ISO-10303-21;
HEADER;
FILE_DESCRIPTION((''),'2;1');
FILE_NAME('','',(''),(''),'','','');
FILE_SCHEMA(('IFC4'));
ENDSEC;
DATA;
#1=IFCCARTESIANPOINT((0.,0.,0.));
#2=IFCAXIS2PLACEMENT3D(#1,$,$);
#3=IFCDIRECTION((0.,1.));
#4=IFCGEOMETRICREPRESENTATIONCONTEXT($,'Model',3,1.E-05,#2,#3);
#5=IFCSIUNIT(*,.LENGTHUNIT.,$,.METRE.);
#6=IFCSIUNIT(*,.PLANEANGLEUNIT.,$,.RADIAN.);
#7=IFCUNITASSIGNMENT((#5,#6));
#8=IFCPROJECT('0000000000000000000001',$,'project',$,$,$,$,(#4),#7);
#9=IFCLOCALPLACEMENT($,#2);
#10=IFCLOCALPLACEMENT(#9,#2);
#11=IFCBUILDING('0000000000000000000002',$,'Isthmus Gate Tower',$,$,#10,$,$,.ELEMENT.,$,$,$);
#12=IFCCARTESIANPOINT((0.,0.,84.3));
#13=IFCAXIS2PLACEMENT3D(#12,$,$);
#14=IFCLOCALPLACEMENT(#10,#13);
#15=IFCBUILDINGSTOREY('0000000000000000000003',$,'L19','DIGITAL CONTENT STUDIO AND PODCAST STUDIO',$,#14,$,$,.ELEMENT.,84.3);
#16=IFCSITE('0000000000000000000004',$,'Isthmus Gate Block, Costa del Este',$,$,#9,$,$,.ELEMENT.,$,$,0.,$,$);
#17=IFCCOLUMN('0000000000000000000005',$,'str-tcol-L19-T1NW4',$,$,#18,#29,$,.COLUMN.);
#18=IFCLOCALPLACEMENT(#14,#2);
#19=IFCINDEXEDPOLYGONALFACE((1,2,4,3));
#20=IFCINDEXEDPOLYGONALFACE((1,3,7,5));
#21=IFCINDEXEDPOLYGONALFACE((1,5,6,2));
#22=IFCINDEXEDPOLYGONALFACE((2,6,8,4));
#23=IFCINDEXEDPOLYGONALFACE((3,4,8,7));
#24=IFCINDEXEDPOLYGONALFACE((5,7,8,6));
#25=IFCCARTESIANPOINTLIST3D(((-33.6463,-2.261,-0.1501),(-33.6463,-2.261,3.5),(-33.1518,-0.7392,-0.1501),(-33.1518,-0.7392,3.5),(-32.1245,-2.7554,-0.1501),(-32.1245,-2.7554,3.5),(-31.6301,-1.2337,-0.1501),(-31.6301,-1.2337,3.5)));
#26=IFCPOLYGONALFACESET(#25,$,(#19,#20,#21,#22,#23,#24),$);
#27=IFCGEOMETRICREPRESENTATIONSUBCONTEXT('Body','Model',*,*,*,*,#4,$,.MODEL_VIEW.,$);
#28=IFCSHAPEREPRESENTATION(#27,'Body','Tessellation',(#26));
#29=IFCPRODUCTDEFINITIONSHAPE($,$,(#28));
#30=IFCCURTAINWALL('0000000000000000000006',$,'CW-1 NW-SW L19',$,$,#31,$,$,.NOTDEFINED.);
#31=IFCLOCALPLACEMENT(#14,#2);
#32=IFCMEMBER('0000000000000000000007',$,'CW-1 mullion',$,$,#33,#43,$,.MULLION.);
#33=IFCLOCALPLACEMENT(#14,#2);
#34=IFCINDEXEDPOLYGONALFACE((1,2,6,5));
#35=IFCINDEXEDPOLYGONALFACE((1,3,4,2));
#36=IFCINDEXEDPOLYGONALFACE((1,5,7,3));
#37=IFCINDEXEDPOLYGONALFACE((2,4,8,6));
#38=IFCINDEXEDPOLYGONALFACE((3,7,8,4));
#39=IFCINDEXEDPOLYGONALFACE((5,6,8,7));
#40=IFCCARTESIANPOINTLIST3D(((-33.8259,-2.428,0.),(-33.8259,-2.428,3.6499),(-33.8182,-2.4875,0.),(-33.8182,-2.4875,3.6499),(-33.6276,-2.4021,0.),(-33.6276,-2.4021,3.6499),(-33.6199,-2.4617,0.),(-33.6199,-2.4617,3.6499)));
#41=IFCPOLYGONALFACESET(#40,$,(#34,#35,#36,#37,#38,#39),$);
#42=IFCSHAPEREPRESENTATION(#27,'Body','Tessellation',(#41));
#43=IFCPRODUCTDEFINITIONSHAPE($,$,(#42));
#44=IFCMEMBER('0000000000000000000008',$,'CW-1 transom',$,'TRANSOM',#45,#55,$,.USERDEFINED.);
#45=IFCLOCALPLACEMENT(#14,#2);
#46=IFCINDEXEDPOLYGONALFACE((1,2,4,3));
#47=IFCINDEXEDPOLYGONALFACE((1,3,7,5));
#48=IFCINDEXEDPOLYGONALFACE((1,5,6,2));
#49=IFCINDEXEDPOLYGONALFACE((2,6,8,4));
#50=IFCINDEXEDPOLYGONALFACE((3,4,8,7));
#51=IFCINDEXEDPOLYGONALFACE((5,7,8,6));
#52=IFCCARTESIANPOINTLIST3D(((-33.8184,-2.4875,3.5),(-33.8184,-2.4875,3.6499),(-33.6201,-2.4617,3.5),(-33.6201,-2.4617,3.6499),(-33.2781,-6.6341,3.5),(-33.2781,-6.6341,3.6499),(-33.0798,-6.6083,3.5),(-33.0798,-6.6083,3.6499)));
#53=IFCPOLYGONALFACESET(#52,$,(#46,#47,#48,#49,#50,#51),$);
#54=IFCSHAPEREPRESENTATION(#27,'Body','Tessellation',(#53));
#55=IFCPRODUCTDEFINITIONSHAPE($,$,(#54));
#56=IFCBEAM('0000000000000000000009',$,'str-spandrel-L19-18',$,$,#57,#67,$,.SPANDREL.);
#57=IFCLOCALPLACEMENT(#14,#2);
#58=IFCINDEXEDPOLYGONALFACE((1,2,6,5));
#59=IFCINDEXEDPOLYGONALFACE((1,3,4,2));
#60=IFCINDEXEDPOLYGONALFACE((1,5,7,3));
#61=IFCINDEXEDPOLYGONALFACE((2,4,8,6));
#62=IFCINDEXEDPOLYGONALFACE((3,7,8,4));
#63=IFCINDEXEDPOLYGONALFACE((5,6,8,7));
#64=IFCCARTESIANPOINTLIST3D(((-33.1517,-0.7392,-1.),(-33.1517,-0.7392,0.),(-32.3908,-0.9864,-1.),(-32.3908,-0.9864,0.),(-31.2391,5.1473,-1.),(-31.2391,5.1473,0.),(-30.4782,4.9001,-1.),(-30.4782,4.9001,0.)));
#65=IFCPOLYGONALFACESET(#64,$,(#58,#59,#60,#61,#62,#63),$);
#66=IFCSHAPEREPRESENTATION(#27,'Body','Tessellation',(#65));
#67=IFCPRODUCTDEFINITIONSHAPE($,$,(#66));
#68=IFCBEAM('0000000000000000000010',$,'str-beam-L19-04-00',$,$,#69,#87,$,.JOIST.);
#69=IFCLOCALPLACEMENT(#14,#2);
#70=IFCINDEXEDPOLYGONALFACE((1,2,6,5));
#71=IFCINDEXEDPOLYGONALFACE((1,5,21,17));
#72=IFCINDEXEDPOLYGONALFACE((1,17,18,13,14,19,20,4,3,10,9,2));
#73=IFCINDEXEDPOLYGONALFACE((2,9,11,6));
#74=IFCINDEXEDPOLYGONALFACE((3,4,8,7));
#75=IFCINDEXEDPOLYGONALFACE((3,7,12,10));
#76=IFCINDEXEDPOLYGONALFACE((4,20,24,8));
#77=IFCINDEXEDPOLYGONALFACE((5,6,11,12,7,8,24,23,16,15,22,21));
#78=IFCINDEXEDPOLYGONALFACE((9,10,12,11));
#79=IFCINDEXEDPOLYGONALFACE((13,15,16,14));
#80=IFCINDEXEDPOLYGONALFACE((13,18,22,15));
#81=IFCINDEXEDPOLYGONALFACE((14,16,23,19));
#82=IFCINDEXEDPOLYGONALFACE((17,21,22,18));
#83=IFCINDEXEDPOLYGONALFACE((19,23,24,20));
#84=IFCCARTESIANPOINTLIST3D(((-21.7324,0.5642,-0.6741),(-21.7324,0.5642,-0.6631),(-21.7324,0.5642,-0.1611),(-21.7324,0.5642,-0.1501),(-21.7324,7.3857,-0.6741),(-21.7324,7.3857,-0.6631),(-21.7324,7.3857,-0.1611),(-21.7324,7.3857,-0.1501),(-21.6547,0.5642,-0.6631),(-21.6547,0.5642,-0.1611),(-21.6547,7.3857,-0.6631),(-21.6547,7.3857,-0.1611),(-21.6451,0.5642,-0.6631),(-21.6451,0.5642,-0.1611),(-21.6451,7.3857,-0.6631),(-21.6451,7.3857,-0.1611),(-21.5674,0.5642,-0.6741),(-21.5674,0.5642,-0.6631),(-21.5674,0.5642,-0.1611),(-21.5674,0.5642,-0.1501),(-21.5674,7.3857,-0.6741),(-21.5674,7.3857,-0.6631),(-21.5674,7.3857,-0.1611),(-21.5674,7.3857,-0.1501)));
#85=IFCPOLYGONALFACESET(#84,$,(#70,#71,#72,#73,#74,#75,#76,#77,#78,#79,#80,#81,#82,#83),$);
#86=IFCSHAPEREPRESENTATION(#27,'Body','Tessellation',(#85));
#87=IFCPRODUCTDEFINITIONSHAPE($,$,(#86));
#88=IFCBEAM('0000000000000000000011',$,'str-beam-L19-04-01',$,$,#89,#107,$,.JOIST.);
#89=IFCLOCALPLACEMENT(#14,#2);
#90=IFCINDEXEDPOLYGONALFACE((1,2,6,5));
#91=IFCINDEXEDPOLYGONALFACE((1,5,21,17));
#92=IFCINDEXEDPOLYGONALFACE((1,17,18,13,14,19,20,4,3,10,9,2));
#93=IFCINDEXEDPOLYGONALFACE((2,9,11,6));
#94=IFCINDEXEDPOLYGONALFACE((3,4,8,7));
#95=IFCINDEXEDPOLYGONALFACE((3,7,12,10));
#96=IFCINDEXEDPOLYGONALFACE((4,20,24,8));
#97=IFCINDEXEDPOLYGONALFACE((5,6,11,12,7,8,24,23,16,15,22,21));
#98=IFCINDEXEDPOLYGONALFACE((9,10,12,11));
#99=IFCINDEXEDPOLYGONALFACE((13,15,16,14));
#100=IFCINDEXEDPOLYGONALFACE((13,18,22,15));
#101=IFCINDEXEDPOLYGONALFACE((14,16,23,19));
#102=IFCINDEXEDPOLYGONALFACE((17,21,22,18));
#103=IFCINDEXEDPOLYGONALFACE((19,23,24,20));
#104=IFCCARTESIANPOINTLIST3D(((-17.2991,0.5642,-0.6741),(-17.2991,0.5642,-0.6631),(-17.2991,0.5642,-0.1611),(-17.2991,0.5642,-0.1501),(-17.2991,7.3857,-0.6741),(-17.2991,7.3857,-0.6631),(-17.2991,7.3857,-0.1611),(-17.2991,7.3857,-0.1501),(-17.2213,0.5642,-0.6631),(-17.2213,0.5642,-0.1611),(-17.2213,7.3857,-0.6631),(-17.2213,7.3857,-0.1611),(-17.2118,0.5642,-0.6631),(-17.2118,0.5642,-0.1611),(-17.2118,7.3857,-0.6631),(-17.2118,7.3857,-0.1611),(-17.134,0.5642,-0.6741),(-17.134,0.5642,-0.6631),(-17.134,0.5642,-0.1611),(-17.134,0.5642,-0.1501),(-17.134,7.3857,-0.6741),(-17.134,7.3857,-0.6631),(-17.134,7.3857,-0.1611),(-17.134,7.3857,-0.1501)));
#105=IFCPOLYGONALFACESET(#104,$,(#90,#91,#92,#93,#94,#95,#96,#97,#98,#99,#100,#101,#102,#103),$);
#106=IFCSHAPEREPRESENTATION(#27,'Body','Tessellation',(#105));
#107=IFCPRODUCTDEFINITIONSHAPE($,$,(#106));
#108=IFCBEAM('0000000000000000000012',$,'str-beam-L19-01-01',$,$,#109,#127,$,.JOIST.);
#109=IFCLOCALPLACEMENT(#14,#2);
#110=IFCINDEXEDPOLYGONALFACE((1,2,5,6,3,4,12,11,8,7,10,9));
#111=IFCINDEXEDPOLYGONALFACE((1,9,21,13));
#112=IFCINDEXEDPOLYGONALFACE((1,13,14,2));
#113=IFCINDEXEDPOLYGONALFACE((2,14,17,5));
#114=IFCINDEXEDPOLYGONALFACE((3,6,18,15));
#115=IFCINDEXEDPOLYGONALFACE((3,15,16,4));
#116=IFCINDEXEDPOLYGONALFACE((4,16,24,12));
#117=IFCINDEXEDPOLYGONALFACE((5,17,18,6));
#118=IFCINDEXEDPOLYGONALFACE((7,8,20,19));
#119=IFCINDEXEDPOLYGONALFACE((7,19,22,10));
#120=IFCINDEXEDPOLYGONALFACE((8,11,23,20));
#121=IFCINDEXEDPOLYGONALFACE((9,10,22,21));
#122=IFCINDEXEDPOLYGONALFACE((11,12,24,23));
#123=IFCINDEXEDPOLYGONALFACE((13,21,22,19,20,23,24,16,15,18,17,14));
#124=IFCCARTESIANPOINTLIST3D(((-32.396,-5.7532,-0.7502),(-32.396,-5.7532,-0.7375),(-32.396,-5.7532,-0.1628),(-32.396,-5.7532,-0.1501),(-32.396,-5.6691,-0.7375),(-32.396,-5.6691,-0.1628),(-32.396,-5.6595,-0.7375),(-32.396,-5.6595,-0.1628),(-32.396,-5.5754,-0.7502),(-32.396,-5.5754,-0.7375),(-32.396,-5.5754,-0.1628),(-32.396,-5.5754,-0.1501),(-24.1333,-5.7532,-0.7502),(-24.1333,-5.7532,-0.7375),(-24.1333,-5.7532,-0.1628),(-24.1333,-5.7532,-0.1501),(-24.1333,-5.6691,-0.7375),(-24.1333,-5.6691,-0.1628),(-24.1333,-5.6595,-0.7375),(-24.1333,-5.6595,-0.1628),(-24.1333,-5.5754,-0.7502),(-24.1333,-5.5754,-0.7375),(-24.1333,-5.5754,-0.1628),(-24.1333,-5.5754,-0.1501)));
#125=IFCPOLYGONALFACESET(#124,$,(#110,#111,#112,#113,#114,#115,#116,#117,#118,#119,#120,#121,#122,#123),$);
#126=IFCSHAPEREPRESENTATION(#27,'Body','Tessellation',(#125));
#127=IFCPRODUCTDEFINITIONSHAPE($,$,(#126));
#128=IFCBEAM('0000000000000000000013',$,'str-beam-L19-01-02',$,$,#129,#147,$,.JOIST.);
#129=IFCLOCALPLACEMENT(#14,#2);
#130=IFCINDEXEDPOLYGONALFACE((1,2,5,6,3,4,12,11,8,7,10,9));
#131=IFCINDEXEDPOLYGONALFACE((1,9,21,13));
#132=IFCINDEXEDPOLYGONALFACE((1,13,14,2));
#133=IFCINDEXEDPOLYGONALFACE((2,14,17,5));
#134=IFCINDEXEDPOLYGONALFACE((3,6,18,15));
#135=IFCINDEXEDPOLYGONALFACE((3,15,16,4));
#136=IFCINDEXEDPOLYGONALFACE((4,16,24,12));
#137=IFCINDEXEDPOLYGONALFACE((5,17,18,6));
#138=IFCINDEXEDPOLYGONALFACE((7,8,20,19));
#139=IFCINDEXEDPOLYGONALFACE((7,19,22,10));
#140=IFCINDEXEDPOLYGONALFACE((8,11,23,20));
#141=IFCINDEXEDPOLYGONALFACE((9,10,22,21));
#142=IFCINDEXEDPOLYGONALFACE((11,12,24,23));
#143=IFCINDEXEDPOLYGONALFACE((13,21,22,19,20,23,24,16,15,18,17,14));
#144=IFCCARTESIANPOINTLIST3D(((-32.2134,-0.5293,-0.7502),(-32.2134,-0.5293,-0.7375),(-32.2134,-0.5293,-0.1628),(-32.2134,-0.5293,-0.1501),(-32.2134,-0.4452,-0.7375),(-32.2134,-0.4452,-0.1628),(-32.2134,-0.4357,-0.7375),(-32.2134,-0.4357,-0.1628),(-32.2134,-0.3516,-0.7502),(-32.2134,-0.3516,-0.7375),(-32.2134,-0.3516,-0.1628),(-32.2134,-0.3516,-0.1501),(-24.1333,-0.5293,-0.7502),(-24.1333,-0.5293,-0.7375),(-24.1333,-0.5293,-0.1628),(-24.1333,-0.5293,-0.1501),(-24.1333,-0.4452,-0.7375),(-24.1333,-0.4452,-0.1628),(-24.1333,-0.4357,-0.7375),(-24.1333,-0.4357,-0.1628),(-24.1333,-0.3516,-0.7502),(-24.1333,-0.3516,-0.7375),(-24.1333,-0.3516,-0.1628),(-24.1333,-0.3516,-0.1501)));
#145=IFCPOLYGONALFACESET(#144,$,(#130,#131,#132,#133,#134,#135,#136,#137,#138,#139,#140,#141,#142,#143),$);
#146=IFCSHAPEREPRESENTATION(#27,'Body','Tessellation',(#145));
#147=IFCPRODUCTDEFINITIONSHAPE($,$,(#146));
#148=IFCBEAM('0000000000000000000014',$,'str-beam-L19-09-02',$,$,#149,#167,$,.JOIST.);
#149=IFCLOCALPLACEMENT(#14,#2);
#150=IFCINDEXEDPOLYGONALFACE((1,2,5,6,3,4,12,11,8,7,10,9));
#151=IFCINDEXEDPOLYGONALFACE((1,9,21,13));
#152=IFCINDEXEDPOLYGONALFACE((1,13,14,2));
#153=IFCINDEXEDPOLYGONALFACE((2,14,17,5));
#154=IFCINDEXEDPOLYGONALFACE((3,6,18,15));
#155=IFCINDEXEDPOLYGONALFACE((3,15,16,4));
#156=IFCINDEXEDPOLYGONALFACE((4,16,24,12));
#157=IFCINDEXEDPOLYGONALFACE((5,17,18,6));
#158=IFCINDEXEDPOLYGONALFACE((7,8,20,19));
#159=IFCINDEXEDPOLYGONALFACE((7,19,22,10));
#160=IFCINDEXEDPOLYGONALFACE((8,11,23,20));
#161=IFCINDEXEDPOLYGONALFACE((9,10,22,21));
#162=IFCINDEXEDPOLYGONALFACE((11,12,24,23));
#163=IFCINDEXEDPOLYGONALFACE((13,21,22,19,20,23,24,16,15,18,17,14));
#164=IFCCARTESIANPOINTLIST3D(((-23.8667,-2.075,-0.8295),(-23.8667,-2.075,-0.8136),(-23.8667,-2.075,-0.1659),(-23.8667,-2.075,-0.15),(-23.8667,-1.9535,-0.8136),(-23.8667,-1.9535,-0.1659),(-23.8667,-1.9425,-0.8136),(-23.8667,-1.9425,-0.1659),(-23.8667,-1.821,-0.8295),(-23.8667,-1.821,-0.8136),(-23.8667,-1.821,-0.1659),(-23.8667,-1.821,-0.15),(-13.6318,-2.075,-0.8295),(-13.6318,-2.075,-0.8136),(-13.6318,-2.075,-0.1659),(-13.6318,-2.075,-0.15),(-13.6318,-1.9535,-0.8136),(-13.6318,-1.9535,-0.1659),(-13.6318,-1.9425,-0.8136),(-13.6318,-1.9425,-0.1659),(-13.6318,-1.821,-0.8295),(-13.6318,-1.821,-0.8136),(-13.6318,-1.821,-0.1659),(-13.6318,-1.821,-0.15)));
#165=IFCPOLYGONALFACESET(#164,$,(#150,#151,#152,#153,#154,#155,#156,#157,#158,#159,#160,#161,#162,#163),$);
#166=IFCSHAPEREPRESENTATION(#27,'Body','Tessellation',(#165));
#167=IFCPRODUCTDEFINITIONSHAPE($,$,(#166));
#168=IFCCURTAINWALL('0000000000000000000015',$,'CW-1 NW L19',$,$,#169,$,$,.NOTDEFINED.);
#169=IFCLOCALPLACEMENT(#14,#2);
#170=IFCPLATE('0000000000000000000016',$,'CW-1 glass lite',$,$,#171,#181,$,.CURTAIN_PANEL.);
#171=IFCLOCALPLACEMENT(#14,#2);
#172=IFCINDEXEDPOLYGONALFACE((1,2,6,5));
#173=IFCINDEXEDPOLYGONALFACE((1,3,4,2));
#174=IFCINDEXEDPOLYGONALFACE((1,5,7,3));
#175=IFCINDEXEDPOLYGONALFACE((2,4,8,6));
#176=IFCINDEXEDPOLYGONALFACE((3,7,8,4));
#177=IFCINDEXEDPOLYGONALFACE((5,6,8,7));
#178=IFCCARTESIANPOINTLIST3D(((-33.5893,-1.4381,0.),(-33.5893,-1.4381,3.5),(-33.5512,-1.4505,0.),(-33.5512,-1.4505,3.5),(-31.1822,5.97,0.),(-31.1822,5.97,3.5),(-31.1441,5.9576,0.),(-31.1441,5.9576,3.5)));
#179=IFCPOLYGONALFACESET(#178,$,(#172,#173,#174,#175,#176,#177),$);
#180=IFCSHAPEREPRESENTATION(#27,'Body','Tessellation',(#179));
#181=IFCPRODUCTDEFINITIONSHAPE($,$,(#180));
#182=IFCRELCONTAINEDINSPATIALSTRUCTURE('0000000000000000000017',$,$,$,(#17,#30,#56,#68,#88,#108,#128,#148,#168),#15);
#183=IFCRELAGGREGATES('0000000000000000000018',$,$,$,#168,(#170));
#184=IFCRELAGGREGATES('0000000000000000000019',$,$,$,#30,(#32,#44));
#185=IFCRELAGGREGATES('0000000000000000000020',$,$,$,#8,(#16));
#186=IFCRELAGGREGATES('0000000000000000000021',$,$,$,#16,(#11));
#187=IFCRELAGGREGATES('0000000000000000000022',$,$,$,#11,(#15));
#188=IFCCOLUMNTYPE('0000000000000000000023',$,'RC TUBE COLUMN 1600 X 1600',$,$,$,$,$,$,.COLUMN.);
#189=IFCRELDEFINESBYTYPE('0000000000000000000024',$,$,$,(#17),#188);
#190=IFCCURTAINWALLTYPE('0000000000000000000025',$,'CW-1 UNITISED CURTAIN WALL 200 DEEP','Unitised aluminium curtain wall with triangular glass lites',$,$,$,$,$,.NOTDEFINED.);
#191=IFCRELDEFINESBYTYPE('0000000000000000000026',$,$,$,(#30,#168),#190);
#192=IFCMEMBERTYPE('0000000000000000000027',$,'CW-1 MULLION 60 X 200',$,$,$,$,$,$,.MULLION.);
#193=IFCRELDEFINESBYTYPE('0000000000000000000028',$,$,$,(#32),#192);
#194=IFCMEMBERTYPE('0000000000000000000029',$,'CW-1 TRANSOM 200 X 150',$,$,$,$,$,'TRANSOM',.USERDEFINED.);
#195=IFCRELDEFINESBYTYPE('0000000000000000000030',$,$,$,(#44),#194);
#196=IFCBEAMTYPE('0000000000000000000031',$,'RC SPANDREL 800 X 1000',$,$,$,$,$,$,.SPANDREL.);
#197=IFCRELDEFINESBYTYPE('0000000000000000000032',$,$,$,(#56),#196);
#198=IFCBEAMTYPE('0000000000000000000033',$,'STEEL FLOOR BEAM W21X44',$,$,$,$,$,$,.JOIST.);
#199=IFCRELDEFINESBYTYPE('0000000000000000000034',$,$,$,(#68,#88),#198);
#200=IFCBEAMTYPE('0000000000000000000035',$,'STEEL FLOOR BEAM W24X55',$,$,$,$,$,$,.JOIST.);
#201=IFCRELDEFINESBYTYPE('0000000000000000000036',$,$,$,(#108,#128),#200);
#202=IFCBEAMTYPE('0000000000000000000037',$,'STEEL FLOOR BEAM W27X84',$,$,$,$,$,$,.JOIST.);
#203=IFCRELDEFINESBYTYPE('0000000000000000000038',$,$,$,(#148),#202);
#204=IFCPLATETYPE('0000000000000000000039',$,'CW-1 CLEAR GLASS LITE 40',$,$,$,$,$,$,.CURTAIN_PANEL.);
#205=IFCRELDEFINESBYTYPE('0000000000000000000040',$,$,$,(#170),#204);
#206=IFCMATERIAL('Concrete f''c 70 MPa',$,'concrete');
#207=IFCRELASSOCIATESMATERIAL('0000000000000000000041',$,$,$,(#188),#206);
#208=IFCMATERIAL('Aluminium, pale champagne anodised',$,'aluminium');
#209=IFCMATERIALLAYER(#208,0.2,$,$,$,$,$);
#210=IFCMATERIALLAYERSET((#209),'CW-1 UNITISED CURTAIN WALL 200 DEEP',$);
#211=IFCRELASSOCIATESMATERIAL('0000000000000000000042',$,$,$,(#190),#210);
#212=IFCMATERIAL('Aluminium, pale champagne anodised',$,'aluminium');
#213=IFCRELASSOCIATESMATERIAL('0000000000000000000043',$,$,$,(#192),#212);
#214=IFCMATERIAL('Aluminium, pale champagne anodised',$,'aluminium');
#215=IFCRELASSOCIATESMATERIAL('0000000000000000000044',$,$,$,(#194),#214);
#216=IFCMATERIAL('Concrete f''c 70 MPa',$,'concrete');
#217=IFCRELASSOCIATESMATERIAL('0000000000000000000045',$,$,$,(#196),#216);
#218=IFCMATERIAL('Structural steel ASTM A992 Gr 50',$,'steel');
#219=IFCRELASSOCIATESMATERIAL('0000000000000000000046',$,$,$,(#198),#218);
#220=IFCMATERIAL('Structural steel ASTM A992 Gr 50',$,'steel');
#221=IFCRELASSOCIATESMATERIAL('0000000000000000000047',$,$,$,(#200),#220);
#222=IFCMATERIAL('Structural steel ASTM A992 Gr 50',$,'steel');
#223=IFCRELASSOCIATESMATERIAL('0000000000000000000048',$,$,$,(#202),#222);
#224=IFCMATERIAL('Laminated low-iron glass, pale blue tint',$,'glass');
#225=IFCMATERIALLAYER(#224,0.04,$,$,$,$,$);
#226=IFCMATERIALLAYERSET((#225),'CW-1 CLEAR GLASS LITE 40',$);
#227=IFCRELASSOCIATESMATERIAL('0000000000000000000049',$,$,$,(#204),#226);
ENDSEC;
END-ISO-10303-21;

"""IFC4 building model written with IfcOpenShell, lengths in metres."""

from ifc_helpers import new_model, si_unit, direction, frame, origin, origin_2d, place, context, subcontext, project, spatial, rectangle, i_section, extrude, material, layer, layer_set, material_profile, profile_set, type_object, element, aggregate, save


model = new_model("IFC4")

# Units and contexts
model_context = context("Model", 3, precision=1e-05, world=origin(), true_north=direction((0.0, 1.0)))
body_context = subcontext(model_context, "Body", "Model", "MODEL_VIEW")
ifc_project = project(units=[si_unit("LENGTHUNIT", "METRE"), si_unit("PLANEANGLEUNIT", "RADIAN")], contexts=[model_context])

# Site, building, storey
site_placement = place(None, origin())
site = spatial("IfcSite", under=ifc_project, at=site_placement, Name="Isthmus Gate Block, Costa del Este", CompositionType="ELEMENT", RefElevation=0.0)
building_placement = place(site_placement, origin())
building = spatial("IfcBuilding", under=site, at=building_placement, Name="Isthmus Gate Tower", CompositionType="ELEMENT")
storey_placement = place(building_placement, frame((0.0, 0.0, 84.3)))
storey = spatial("IfcBuildingStorey", under=building, at=storey_placement, Name="L19", Description="DIGITAL CONTENT STUDIO AND PODCAST STUDIO", CompositionType="ELEMENT", Elevation=84.3)

# Column
ifc_material_1 = material(Name="Concrete f'c 70 MPa", Category="concrete")
ifc_material_profile_1 = material_profile(ifc_material_1, rectangle(XDim=1.6001, YDim=1.6001, at=origin_2d()), Name="RC 1600X1600")
ifc_profile_set_1 = profile_set([ifc_material_profile_1], Name="Concrete f'c 70 MPa")
column_type = type_object("IfcColumnType", Name="RC TUBE COLUMN 1600 X 1600", PredefinedType="COLUMN", material=ifc_profile_set_1)
column_placement = place(storey_placement, frame((-32.6382, -1.7473, -0.1501), z_axis=(0.0, 0.0, 1.0), x_axis=(-0.309017, -0.951057, 0.0)))
element("IfcColumn", 1, at=column_placement, inside=storey, type_object=column_type, Name="str-tcol-L19-T1NW4", PredefinedType="COLUMN", context=body_context, shape_type="SweptSolid", body=[
    extrude(rectangle(XDim=1.6001, YDim=1.6001, at=origin_2d()), origin(), (0.0, 0.0, 1.0), 3.6501),
])

# Curtain wall, members
ifc_material_2 = material(Name="Aluminium, pale champagne anodised", Category="aluminium")
ifc_layer_1 = layer(ifc_material_2, 0.2)
ifc_layer_set_1 = layer_set([ifc_layer_1], Name="CW-1 UNITISED CURTAIN WALL 200 DEEP")
curtain_wall_type = type_object("IfcCurtainWallType", Name="CW-1 UNITISED CURTAIN WALL 200 DEEP", Description="Unitised aluminium curtain wall with triangular glass lites", PredefinedType="NOTDEFINED", material=ifc_layer_set_1)
curtain_wall_1_placement = place(storey_placement, origin())
curtain_wall_1 = element("IfcCurtainWall", 2, at=curtain_wall_1_placement, inside=storey, type_object=curtain_wall_type, Name="CW-1 NW-SW L19", PredefinedType="NOTDEFINED")
ifc_material_3 = material(Name="Aluminium, pale champagne anodised", Category="aluminium")
ifc_material_profile_2 = material_profile(ifc_material_3, rectangle(XDim=0.0601, YDim=0.2, at=origin_2d()), Name="60x200")
ifc_profile_set_2 = profile_set([ifc_material_profile_2], Name="Aluminium, pale champagne anodised")
member_type_1 = type_object("IfcMemberType", Name="CW-1 MULLION 60 X 200", PredefinedType="MULLION", material=ifc_profile_set_2)
member_1_placement = place(storey_placement, frame((-33.7229, -2.4448, 0.0), z_axis=(0.0, 0.0, 1.0), x_axis=(0.129165, -0.991623, 0.0)))
member_1 = element("IfcMember", 3, at=member_1_placement, type_object=member_type_1, Name="CW-1 mullion", PredefinedType="MULLION", context=body_context, shape_type="SweptSolid", body=[
    extrude(rectangle(XDim=0.0601, YDim=0.2, at=origin_2d()), origin(), (0.0, 0.0, 1.0), 3.6499),
])
ifc_material_4 = material(Name="Aluminium, pale champagne anodised", Category="aluminium")
ifc_material_profile_3 = material_profile(ifc_material_4, rectangle(XDim=0.2, YDim=0.1499, at=origin_2d()), Name="200x150")
ifc_profile_set_3 = profile_set([ifc_material_profile_3], Name="Aluminium, pale champagne anodised")
member_type_2 = type_object("IfcMemberType", Name="CW-1 TRANSOM 200 X 150", ElementType="TRANSOM", PredefinedType="USERDEFINED", material=ifc_profile_set_3)
member_2_placement = place(storey_placement, frame((-33.7192, -2.4746, 3.575), z_axis=(0.129207, -0.991618, 0.0), x_axis=(0.991618, 0.129207, 0.0)))
member_2 = element("IfcMember", 4, at=member_2_placement, type_object=member_type_2, Name="CW-1 transom", ObjectType="TRANSOM", PredefinedType="USERDEFINED", context=body_context, shape_type="SweptSolid", body=[
    extrude(rectangle(XDim=0.2, YDim=0.1499, at=origin_2d()), origin(), (0.0, 0.0, 1.0), 4.1816),
])

# Beams
ifc_material_5 = material(Name="Concrete f'c 70 MPa", Category="concrete")
ifc_material_profile_4 = material_profile(ifc_material_5, rectangle(XDim=0.8, YDim=1.0, at=origin_2d()), Name="RC 800X1000")
ifc_profile_set_4 = profile_set([ifc_material_profile_4], Name="Concrete f'c 70 MPa")
beam_type_1 = type_object("IfcBeamType", Name="RC SPANDREL 800 X 1000", PredefinedType="SPANDREL", material=ifc_profile_set_4)
beam_1_placement = place(storey_placement, frame((-32.7712, -0.8628, -0.5), z_axis=(0.309012, 0.951058, 0.0), x_axis=(-0.951058, 0.309012, 0.0)))
element("IfcBeam", 5, at=beam_1_placement, inside=storey, type_object=beam_type_1, Name="str-spandrel-L19-18", PredefinedType="SPANDREL", context=body_context, shape_type="SweptSolid", body=[
    extrude(rectangle(XDim=0.8, YDim=1.0, at=origin_2d()), origin(), (0.0, 0.0, 1.0), 6.1895),
])
ifc_material_6 = material(Name="Structural steel ASTM A992 Gr 50", Category="steel")
ifc_material_profile_5 = material_profile(ifc_material_6, i_section(OverallWidth=0.165, OverallDepth=0.5239, WebThickness=0.0095, FlangeThickness=0.011, at=origin_2d()), Name="W21X44")
ifc_profile_set_5 = profile_set([ifc_material_profile_5], Name="Structural steel ASTM A992 Gr 50")
beam_type_2 = type_object("IfcBeamType", Name="STEEL FLOOR BEAM W21X44", PredefinedType="JOIST", material=ifc_profile_set_5)
for number, where, z_axis, x_axis, name in (
    (6, (-21.6499, 0.5642, -0.4121), (0.0, 1.0, 0.0), (-1.0, 0.0, 0.0), "str-beam-L19-04-00"),
    (7, (-17.2166, 0.5642, -0.4121), (0.0, 1.0, 0.0), (-1.0, 0.0, 0.0), "str-beam-L19-04-01"),
):
    element("IfcBeam", number, at=place(storey_placement, frame(where, z_axis=z_axis, x_axis=x_axis)), inside=storey, type_object=beam_type_2, Name=name, PredefinedType="JOIST", context=body_context, shape_type="SweptSolid", body=[
        extrude(i_section(OverallWidth=0.165, OverallDepth=0.5239, WebThickness=0.0095, FlangeThickness=0.011, at=origin_2d()), origin(), (0.0, 0.0, 1.0), 6.8215),
    ])
ifc_material_7 = material(Name="Structural steel ASTM A992 Gr 50", Category="steel")
ifc_material_profile_6 = material_profile(ifc_material_7, i_section(OverallWidth=0.1777, OverallDepth=0.6001, WebThickness=0.0095, FlangeThickness=0.0127, at=origin_2d()), Name="W24X55")
ifc_profile_set_6 = profile_set([ifc_material_profile_6], Name="Structural steel ASTM A992 Gr 50")
beam_type_3 = type_object("IfcBeamType", Name="STEEL FLOOR BEAM W24X55", PredefinedType="JOIST", material=ifc_profile_set_6)
beam_2_placement = place(storey_placement, frame((-32.396, -5.6643, -0.4502), z_axis=(1.0, 0.0, 0.0), x_axis=(0.0, 1.0, 0.0)))
element("IfcBeam", 8, at=beam_2_placement, inside=storey, type_object=beam_type_3, Name="str-beam-L19-01-01", PredefinedType="JOIST", context=body_context, shape_type="SweptSolid", body=[
    extrude(i_section(OverallWidth=0.1777, OverallDepth=0.6001, WebThickness=0.0095, FlangeThickness=0.0127, at=origin_2d()), origin(), (0.0, 0.0, 1.0), 8.2627),
])
beam_3_placement = place(storey_placement, frame((-32.2134, -0.4404, -0.4502), z_axis=(1.0, 0.0, 0.0), x_axis=(0.0, 1.0, 0.0)))
element("IfcBeam", 9, at=beam_3_placement, inside=storey, type_object=beam_type_3, Name="str-beam-L19-01-02", PredefinedType="JOIST", context=body_context, shape_type="SweptSolid", body=[
    extrude(i_section(OverallWidth=0.1777, OverallDepth=0.6001, WebThickness=0.0095, FlangeThickness=0.0127, at=origin_2d()), origin(), (0.0, 0.0, 1.0), 8.0801),
])
ifc_material_8 = material(Name="Structural steel ASTM A992 Gr 50", Category="steel")
ifc_material_profile_7 = material_profile(ifc_material_8, i_section(OverallWidth=0.2539, OverallDepth=0.6794, WebThickness=0.011, FlangeThickness=0.0159, at=origin_2d()), Name="W27X84")
ifc_profile_set_7 = profile_set([ifc_material_profile_7], Name="Structural steel ASTM A992 Gr 50")
beam_type_4 = type_object("IfcBeamType", Name="STEEL FLOOR BEAM W27X84", PredefinedType="JOIST", material=ifc_profile_set_7)
beam_4_placement = place(storey_placement, frame((-23.8667, -1.948, -0.4897), z_axis=(1.0, 0.0, 0.0), x_axis=(0.0, 1.0, 0.0)))
element("IfcBeam", 10, at=beam_4_placement, inside=storey, type_object=beam_type_4, Name="str-beam-L19-09-02", PredefinedType="JOIST", context=body_context, shape_type="SweptSolid", body=[
    extrude(i_section(OverallWidth=0.2539, OverallDepth=0.6794, WebThickness=0.011, FlangeThickness=0.0159, at=origin_2d()), origin(), (0.0, 0.0, 1.0), 10.2349),
])

# Curtain wall, plate
curtain_wall_2_placement = place(storey_placement, origin())
curtain_wall_2 = element("IfcCurtainWall", 11, at=curtain_wall_2_placement, inside=storey, type_object=curtain_wall_type, Name="CW-1 NW L19", PredefinedType="NOTDEFINED")
ifc_material_9 = material(Name="Laminated low-iron glass, pale blue tint", Category="glass")
ifc_layer_2 = layer(ifc_material_9, 0.04)
ifc_layer_set_2 = layer_set([ifc_layer_2], Name="CW-1 CLEAR GLASS LITE 40")
plate_type = type_object("IfcPlateType", Name="CW-1 CLEAR GLASS LITE 40", PredefinedType="CURTAIN_PANEL", material=ifc_layer_set_2)
plate_1_placement = place(storey_placement, frame((-32.3667, 2.2598, 0.0), z_axis=(0.0, 0.0, 1.0), x_axis=(-0.309017, -0.951057, 0.0)))
plate_1 = element("IfcPlate", 12, at=plate_1_placement, type_object=plate_type, Name="CW-1 glass lite", PredefinedType="CURTAIN_PANEL", context=body_context, shape_type="SweptSolid", body=[
    extrude(rectangle(XDim=7.7893, YDim=0.04, at=origin_2d()), origin(), (0.0, 0.0, 1.0), 3.5),
])
aggregate(curtain_wall_2, [plate_1])

aggregate(curtain_wall_1, [member_1, member_2])

save(model, "model.ifc")
